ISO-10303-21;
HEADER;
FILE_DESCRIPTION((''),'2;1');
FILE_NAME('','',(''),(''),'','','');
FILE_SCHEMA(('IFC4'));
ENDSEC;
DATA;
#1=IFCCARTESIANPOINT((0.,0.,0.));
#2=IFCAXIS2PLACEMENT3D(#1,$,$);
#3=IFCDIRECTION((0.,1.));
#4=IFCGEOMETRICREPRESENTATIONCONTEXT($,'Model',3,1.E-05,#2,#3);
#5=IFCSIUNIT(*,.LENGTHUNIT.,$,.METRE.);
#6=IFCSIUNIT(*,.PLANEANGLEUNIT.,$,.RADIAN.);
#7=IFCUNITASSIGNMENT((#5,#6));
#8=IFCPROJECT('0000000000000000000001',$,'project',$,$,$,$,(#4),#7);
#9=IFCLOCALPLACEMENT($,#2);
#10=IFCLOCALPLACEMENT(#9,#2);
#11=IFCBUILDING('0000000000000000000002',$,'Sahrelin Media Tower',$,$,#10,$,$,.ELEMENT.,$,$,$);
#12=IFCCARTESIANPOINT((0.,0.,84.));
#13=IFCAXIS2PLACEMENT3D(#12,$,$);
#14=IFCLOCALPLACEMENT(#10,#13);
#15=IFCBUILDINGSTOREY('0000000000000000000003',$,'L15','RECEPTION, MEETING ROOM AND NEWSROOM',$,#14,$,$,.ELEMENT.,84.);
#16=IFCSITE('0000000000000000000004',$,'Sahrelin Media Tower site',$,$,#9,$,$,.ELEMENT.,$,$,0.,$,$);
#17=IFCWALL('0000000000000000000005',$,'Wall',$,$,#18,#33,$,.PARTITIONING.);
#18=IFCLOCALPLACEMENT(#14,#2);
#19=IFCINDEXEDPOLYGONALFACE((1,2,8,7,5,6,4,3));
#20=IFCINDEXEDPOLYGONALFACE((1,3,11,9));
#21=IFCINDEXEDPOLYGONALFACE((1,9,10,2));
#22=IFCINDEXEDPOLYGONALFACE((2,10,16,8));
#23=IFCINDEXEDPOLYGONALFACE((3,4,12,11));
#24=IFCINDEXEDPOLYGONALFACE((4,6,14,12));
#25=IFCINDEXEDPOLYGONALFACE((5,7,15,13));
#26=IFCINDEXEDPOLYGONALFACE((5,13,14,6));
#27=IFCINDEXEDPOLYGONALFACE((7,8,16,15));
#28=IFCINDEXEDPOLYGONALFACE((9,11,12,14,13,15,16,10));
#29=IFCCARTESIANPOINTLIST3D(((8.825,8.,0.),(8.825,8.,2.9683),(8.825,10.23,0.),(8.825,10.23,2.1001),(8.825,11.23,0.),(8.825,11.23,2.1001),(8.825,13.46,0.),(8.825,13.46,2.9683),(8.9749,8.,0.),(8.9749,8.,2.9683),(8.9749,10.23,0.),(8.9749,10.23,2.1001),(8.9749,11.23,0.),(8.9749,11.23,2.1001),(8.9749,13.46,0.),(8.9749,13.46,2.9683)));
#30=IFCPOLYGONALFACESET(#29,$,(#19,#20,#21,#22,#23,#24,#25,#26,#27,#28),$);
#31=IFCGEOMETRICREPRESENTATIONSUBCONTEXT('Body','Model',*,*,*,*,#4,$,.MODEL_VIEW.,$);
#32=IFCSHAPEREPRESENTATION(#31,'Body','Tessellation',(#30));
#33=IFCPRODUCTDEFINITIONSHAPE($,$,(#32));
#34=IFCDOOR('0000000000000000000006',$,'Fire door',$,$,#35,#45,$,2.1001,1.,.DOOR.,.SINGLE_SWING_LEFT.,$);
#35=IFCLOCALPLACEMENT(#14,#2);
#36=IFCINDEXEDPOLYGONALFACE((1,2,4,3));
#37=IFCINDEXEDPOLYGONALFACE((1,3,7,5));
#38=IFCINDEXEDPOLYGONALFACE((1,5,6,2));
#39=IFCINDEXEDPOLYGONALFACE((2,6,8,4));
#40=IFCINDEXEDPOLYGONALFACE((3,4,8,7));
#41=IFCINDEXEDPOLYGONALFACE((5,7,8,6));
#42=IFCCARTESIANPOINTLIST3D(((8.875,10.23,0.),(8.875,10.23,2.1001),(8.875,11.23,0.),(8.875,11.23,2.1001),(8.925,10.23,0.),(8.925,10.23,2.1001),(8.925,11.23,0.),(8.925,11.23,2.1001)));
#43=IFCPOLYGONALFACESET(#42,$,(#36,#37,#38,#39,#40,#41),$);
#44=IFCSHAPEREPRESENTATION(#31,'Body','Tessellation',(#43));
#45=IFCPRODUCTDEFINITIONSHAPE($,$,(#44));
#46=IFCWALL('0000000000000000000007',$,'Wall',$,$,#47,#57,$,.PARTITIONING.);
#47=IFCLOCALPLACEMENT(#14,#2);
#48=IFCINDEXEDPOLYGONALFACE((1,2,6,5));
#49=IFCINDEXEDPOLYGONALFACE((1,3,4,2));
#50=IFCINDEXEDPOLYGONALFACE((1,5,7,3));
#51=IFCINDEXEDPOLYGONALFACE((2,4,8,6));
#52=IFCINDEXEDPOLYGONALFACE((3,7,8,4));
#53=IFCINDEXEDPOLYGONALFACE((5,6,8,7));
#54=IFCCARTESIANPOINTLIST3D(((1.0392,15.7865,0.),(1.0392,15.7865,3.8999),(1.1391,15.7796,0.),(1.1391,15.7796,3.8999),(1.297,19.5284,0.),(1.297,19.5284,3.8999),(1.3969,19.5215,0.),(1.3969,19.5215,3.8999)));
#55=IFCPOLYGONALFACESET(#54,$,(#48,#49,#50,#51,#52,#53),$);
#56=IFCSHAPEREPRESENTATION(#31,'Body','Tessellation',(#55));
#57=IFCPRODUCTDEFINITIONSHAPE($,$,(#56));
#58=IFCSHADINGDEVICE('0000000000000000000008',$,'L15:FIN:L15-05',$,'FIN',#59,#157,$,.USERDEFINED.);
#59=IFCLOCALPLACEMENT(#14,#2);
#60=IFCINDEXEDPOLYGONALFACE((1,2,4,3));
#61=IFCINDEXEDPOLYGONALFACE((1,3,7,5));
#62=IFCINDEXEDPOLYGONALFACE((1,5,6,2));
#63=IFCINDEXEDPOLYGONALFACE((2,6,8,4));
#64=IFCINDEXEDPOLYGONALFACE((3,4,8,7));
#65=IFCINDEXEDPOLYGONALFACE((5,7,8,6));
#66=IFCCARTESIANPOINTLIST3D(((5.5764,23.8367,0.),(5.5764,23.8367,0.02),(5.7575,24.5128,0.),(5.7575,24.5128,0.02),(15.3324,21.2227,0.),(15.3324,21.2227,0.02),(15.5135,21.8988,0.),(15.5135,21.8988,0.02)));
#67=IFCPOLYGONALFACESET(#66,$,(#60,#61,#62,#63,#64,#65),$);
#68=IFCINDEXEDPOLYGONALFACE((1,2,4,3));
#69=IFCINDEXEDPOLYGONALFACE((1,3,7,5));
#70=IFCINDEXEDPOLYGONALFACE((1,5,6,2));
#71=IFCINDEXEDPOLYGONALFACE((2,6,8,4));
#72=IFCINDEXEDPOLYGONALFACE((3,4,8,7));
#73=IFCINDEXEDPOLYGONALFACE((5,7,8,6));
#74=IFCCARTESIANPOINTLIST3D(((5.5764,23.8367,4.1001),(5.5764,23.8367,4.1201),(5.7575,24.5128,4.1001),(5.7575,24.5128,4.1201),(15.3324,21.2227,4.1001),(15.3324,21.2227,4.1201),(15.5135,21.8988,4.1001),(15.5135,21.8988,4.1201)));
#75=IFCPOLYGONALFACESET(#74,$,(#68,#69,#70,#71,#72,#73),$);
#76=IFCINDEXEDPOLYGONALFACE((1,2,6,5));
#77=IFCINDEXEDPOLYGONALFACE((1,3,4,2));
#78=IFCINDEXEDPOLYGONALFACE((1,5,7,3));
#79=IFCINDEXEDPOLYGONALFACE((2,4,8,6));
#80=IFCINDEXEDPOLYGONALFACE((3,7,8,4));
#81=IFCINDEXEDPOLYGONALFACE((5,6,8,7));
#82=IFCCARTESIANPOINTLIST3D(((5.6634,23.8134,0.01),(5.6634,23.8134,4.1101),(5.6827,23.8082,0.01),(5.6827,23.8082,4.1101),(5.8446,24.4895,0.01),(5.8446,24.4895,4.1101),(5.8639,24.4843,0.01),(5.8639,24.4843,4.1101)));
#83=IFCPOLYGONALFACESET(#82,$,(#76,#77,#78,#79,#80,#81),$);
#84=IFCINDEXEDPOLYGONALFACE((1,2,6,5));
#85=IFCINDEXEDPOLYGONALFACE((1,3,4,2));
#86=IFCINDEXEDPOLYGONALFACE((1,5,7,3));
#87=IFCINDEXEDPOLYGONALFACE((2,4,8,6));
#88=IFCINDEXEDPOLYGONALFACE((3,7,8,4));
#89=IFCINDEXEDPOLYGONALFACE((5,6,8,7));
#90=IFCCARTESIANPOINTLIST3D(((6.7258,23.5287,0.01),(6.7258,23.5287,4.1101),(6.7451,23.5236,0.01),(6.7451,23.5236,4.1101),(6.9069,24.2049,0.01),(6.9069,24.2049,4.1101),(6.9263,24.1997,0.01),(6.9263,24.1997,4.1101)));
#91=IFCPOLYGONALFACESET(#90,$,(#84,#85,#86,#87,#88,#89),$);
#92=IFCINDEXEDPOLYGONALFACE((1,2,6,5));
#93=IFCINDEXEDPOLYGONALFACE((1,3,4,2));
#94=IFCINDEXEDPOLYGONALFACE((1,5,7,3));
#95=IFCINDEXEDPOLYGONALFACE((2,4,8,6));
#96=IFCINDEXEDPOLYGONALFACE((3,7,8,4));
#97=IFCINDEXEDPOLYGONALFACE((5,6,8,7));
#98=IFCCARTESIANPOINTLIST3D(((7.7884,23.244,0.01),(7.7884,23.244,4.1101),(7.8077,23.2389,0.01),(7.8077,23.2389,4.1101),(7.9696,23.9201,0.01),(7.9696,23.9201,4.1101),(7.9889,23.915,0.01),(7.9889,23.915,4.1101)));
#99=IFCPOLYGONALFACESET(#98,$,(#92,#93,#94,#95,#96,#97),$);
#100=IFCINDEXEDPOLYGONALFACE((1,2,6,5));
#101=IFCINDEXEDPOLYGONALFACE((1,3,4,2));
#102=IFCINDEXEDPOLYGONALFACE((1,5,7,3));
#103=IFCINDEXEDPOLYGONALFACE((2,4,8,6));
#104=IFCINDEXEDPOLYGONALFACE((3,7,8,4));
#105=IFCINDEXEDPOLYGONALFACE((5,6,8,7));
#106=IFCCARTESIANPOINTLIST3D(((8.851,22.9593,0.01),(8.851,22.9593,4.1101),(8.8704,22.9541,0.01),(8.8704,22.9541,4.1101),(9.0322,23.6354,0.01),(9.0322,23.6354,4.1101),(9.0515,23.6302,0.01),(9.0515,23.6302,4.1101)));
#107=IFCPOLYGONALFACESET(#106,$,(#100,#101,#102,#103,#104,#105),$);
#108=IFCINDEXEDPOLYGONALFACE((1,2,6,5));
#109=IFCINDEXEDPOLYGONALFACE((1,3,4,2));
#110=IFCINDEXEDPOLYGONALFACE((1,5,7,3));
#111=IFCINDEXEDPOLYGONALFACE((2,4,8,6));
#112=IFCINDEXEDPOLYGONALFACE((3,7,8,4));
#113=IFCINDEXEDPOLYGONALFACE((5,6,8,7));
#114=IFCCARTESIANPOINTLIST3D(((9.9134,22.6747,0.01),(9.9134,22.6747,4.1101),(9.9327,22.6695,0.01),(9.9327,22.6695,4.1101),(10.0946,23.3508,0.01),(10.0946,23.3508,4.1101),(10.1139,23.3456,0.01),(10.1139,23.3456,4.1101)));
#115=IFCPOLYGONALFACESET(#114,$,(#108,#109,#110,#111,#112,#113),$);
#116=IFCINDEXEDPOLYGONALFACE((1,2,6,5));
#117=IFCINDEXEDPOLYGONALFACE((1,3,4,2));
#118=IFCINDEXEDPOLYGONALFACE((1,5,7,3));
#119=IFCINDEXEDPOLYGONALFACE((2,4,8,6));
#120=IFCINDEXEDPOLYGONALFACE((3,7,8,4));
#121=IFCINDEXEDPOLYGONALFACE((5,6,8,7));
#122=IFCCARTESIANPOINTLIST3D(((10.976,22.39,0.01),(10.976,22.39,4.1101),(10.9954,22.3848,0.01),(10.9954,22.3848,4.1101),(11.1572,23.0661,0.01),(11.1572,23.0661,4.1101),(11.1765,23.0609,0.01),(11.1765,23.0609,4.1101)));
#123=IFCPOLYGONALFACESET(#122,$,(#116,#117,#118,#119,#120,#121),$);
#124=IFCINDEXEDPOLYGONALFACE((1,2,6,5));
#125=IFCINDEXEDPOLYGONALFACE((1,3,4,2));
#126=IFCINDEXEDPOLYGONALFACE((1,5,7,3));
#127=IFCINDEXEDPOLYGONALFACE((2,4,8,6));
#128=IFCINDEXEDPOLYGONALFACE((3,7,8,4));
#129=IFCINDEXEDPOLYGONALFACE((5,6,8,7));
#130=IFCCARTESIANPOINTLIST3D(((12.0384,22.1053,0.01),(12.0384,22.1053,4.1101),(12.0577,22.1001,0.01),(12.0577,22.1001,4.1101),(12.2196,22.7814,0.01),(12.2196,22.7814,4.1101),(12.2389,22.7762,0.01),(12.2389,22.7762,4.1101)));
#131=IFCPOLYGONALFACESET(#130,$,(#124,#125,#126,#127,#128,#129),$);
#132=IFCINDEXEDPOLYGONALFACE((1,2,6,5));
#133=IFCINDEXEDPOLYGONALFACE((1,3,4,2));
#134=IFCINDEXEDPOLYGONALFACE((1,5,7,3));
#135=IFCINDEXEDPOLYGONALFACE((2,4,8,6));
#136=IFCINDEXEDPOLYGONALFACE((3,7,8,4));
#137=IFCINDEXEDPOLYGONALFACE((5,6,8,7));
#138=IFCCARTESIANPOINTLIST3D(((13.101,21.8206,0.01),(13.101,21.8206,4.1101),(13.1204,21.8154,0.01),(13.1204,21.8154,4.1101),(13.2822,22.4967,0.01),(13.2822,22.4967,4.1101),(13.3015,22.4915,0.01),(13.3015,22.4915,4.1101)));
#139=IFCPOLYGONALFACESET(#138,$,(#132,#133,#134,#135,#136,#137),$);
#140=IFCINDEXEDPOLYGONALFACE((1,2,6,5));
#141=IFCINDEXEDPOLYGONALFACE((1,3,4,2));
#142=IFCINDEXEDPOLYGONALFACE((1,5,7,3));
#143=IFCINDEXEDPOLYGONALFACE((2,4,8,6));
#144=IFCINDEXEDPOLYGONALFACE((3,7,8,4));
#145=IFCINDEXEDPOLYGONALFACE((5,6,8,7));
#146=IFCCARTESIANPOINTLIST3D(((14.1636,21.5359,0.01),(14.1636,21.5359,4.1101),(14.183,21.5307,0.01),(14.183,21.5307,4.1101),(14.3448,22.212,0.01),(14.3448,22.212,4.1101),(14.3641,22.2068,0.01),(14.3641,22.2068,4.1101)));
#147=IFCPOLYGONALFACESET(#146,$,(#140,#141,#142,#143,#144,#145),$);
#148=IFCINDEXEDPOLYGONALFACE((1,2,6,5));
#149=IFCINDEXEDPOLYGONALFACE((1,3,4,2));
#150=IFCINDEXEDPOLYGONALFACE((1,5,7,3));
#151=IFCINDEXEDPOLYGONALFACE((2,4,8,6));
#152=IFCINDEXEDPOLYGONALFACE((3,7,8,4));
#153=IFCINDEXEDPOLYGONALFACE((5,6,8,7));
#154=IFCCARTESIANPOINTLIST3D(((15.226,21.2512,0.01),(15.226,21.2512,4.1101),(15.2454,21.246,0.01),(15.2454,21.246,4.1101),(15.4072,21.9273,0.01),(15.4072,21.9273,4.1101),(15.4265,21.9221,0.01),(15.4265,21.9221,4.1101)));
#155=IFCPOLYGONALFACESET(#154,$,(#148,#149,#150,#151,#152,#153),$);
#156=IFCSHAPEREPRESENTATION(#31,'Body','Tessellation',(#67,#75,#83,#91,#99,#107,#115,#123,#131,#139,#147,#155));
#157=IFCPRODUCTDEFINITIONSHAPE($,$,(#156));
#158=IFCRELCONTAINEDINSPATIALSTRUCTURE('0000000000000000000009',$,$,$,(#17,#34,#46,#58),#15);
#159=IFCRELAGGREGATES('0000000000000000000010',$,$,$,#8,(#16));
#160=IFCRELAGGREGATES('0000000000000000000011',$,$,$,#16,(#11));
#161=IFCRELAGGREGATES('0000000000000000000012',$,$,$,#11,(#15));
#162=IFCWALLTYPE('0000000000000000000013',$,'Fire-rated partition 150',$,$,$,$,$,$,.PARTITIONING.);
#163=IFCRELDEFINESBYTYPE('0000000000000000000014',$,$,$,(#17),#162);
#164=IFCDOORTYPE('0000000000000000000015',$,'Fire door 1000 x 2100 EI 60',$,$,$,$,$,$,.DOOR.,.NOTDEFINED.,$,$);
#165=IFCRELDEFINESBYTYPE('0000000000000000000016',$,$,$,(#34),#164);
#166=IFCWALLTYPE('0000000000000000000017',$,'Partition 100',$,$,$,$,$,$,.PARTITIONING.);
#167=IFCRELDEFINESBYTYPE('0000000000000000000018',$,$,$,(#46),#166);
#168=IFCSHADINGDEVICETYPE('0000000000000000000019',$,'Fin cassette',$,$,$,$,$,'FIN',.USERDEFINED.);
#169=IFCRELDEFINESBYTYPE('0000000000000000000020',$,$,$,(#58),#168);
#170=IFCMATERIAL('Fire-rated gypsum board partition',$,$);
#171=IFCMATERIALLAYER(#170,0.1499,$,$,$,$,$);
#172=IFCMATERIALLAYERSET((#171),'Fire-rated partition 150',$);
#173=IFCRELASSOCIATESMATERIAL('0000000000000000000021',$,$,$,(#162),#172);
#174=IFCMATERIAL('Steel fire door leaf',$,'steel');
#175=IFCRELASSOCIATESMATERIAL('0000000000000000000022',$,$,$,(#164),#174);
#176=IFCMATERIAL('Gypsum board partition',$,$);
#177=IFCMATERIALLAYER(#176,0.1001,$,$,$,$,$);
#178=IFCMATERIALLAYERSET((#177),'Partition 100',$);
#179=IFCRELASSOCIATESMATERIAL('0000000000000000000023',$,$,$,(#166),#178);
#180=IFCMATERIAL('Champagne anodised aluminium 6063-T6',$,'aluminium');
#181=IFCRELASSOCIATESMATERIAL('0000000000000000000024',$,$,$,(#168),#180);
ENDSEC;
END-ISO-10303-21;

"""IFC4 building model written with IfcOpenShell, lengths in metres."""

from ifc_helpers import new_model, si_unit, direction, frame, frame_2d, origin, origin_2d, place, context, subcontext, project, spatial, rectangle, extrude, material, layer, layer_set, type_object, element, fill, save


model = new_model("IFC4")

# Units and contexts
model_context = context("Model", 3, precision=1e-05, world=origin(), true_north=direction((0.0, 1.0)))
body_context = subcontext(model_context, "Body", "Model", "MODEL_VIEW")
ifc_project = project(units=[si_unit("LENGTHUNIT", "METRE"), si_unit("PLANEANGLEUNIT", "RADIAN")], contexts=[model_context])

# Site, building, storey
site_placement = place(None, origin())
site = spatial("IfcSite", under=ifc_project, at=site_placement, Name="Sahrelin Media Tower site", CompositionType="ELEMENT", RefElevation=0.0)
building_placement = place(site_placement, origin())
building = spatial("IfcBuilding", under=site, at=building_placement, Name="Sahrelin Media Tower", CompositionType="ELEMENT")
storey_placement = place(building_placement, frame((0.0, 0.0, 84.0)))
storey = spatial("IfcBuildingStorey", under=building, at=storey_placement, Name="L15", Description="RECEPTION, MEETING ROOM AND NEWSROOM", CompositionType="ELEMENT", Elevation=84.0)

# Shared definitions
ifc_material_1 = material(Name="Champagne anodised aluminium 6063-T6", Category="aluminium")

# Shared definitions
ifc_material_2 = material(Name="Fire-rated gypsum board partition")
ifc_layer_1 = layer(ifc_material_2, 0.1499)
ifc_layer_set_1 = layer_set([ifc_layer_1], Name="Fire-rated partition 150")
wall_type_1 = type_object("IfcWallType", Name="Fire-rated partition 150", PredefinedType="PARTITIONING", material=ifc_layer_set_1)
ifc_material_3 = material(Name="Steel fire door leaf", Category="steel")
door_type = type_object("IfcDoorType", Name="Fire door 1000 x 2100 EI 60", OperationType="NOTDEFINED", PredefinedType="DOOR", material=ifc_material_3)

# Wall, opening, door
wall_1_placement = place(storey_placement, frame((8.8999, 8.0, 0.0), z_axis=(0.0, 0.0, 1.0), x_axis=(0.0, 1.0, 0.0)))
wall_1 = element("IfcWall", 1, at=wall_1_placement, inside=storey, type_object=wall_type_1, Name="Wall", PredefinedType="PARTITIONING", context=body_context, shape_type="SweptSolid", body=[
    extrude(rectangle(XDim=5.46, YDim=0.1499, at=frame_2d((2.73, 0.0))), origin(), (0.0, 0.0, 1.0), 2.9683),
])
opening_1_placement = place(wall_1_placement, frame((2.23, 0.0, 0.0)))
opening_1 = element("IfcOpeningElement", 2, at=opening_1_placement, cuts=wall_1, PredefinedType="OPENING", context=body_context, shape_type="SweptSolid", body=[
    extrude(rectangle(XDim=1.0, YDim=2.1001, at=frame_2d((0.5, 1.05))), frame((0.0, 0.075, 0.0), z_axis=(0.0, -1.0, 0.0), x_axis=(1.0, 0.0, 0.0)), (0.0, 0.0, 1.0), 0.1499),
])
door_1_placement = place(opening_1_placement, origin())
door_1 = element("IfcDoor", 3, at=door_1_placement, inside=storey, type_object=door_type, Name="Fire door", OperationType="SINGLE_SWING_LEFT", OverallHeight=2.1001, OverallWidth=1.0, PredefinedType="DOOR", context=body_context, shape_type="SweptSolid", body=[
    extrude(rectangle(XDim=1.0, YDim=2.1001, at=frame_2d((0.5, 1.05))), frame((0.0, 0.0249, 0.0), z_axis=(0.0, -1.0, 0.0), x_axis=(1.0, 0.0, 0.0)), (0.0, 0.0, 1.0), 0.05),
])
fill(opening_1, door_1)

# Wall
ifc_material_4 = material(Name="Gypsum board partition")
ifc_layer_2 = layer(ifc_material_4, 0.1001)
ifc_layer_set_2 = layer_set([ifc_layer_2], Name="Partition 100")
wall_type_2 = type_object("IfcWallType", Name="Partition 100", PredefinedType="PARTITIONING", material=ifc_layer_set_2)
wall_2_placement = place(storey_placement, frame((1.0891, 15.783, 0.0), z_axis=(0.0, 0.0, 1.0), x_axis=(0.068735, 0.997635, 0.0)))
element("IfcWall", 4, at=wall_2_placement, inside=storey, type_object=wall_type_2, Name="Wall", PredefinedType="PARTITIONING", context=body_context, shape_type="SweptSolid", body=[
    extrude(rectangle(XDim=3.7507, YDim=0.1001, at=frame_2d((1.8755, 0.0))), origin(), (0.0, 0.0, 1.0), 3.8999),
])

# Shading device
shading_device_type_1 = type_object("IfcShadingDeviceType", Name="Fin cassette", ElementType="FIN", PredefinedType="USERDEFINED", material=ifc_material_1)
placement_1 = place(storey_placement, frame((10.4363, 22.4622, 0.0), z_axis=(0.0, 0.0, 1.0), x_axis=(0.965929, -0.258808, 0.0)))
element("IfcShadingDevice", 5, at=placement_1, inside=storey, type_object=shading_device_type_1, Name="L15:FIN:L15-05", ObjectType="FIN", PredefinedType="USERDEFINED", context=body_context, shape_type="SweptSolid", body=[
    extrude(rectangle(XDim=10.1001, YDim=0.7, at=origin_2d()), frame((0.0, 0.4199, 0.0)), (0.0, 0.0, 1.0), 0.02),
    extrude(rectangle(XDim=10.1001, YDim=0.7, at=origin_2d()), frame((0.0, 0.4199, 4.1001)), (0.0, 0.0, 1.0), 0.02),
    extrude(rectangle(XDim=0.02, YDim=0.7, at=origin_2d()), frame((-4.95, 0.4199, 0.01), z_axis=(0.0, 0.0, 1.0), x_axis=(1.0, 0.0, 0.0)), (0.0, 0.0, 1.0), 4.1001),
    extrude(rectangle(XDim=0.02, YDim=0.7, at=origin_2d()), frame((-3.8501, 0.4199, 0.01), z_axis=(0.0, 0.0, 1.0), x_axis=(1.0, 0.0, 0.0)), (0.0, 0.0, 1.0), 4.1001),
    extrude(rectangle(XDim=0.02, YDim=0.7, at=origin_2d()), frame((-2.75, 0.4199, 0.01), z_axis=(0.0, 0.0, 1.0), x_axis=(1.0, 0.0, 0.0)), (0.0, 0.0, 1.0), 4.1001),
    extrude(rectangle(XDim=0.02, YDim=0.7, at=origin_2d()), frame((-1.6499, 0.4199, 0.01), z_axis=(0.0, 0.0, 1.0), x_axis=(1.0, 0.0, 0.0)), (0.0, 0.0, 1.0), 4.1001),
    extrude(rectangle(XDim=0.02, YDim=0.7, at=origin_2d()), frame((-0.55, 0.4199, 0.01), z_axis=(0.0, 0.0, 1.0), x_axis=(1.0, 0.0, 0.0)), (0.0, 0.0, 1.0), 4.1001),
    extrude(rectangle(XDim=0.02, YDim=0.7, at=origin_2d()), frame((0.55, 0.4199, 0.01), z_axis=(0.0, 0.0, 1.0), x_axis=(1.0, 0.0, 0.0)), (0.0, 0.0, 1.0), 4.1001),
    extrude(rectangle(XDim=0.02, YDim=0.7, at=origin_2d()), frame((1.6499, 0.4199, 0.01), z_axis=(0.0, 0.0, 1.0), x_axis=(1.0, 0.0, 0.0)), (0.0, 0.0, 1.0), 4.1001),
    extrude(rectangle(XDim=0.02, YDim=0.7, at=origin_2d()), frame((2.75, 0.4199, 0.01), z_axis=(0.0, 0.0, 1.0), x_axis=(1.0, 0.0, 0.0)), (0.0, 0.0, 1.0), 4.1001),
    extrude(rectangle(XDim=0.02, YDim=0.7, at=origin_2d()), frame((3.8501, 0.4199, 0.01), z_axis=(0.0, 0.0, 1.0), x_axis=(1.0, 0.0, 0.0)), (0.0, 0.0, 1.0), 4.1001),
    extrude(rectangle(XDim=0.02, YDim=0.7, at=origin_2d()), frame((4.95, 0.4199, 0.01), z_axis=(0.0, 0.0, 1.0), x_axis=(1.0, 0.0, 0.0)), (0.0, 0.0, 1.0), 4.1001),
])

save(model, "model.ifc")
